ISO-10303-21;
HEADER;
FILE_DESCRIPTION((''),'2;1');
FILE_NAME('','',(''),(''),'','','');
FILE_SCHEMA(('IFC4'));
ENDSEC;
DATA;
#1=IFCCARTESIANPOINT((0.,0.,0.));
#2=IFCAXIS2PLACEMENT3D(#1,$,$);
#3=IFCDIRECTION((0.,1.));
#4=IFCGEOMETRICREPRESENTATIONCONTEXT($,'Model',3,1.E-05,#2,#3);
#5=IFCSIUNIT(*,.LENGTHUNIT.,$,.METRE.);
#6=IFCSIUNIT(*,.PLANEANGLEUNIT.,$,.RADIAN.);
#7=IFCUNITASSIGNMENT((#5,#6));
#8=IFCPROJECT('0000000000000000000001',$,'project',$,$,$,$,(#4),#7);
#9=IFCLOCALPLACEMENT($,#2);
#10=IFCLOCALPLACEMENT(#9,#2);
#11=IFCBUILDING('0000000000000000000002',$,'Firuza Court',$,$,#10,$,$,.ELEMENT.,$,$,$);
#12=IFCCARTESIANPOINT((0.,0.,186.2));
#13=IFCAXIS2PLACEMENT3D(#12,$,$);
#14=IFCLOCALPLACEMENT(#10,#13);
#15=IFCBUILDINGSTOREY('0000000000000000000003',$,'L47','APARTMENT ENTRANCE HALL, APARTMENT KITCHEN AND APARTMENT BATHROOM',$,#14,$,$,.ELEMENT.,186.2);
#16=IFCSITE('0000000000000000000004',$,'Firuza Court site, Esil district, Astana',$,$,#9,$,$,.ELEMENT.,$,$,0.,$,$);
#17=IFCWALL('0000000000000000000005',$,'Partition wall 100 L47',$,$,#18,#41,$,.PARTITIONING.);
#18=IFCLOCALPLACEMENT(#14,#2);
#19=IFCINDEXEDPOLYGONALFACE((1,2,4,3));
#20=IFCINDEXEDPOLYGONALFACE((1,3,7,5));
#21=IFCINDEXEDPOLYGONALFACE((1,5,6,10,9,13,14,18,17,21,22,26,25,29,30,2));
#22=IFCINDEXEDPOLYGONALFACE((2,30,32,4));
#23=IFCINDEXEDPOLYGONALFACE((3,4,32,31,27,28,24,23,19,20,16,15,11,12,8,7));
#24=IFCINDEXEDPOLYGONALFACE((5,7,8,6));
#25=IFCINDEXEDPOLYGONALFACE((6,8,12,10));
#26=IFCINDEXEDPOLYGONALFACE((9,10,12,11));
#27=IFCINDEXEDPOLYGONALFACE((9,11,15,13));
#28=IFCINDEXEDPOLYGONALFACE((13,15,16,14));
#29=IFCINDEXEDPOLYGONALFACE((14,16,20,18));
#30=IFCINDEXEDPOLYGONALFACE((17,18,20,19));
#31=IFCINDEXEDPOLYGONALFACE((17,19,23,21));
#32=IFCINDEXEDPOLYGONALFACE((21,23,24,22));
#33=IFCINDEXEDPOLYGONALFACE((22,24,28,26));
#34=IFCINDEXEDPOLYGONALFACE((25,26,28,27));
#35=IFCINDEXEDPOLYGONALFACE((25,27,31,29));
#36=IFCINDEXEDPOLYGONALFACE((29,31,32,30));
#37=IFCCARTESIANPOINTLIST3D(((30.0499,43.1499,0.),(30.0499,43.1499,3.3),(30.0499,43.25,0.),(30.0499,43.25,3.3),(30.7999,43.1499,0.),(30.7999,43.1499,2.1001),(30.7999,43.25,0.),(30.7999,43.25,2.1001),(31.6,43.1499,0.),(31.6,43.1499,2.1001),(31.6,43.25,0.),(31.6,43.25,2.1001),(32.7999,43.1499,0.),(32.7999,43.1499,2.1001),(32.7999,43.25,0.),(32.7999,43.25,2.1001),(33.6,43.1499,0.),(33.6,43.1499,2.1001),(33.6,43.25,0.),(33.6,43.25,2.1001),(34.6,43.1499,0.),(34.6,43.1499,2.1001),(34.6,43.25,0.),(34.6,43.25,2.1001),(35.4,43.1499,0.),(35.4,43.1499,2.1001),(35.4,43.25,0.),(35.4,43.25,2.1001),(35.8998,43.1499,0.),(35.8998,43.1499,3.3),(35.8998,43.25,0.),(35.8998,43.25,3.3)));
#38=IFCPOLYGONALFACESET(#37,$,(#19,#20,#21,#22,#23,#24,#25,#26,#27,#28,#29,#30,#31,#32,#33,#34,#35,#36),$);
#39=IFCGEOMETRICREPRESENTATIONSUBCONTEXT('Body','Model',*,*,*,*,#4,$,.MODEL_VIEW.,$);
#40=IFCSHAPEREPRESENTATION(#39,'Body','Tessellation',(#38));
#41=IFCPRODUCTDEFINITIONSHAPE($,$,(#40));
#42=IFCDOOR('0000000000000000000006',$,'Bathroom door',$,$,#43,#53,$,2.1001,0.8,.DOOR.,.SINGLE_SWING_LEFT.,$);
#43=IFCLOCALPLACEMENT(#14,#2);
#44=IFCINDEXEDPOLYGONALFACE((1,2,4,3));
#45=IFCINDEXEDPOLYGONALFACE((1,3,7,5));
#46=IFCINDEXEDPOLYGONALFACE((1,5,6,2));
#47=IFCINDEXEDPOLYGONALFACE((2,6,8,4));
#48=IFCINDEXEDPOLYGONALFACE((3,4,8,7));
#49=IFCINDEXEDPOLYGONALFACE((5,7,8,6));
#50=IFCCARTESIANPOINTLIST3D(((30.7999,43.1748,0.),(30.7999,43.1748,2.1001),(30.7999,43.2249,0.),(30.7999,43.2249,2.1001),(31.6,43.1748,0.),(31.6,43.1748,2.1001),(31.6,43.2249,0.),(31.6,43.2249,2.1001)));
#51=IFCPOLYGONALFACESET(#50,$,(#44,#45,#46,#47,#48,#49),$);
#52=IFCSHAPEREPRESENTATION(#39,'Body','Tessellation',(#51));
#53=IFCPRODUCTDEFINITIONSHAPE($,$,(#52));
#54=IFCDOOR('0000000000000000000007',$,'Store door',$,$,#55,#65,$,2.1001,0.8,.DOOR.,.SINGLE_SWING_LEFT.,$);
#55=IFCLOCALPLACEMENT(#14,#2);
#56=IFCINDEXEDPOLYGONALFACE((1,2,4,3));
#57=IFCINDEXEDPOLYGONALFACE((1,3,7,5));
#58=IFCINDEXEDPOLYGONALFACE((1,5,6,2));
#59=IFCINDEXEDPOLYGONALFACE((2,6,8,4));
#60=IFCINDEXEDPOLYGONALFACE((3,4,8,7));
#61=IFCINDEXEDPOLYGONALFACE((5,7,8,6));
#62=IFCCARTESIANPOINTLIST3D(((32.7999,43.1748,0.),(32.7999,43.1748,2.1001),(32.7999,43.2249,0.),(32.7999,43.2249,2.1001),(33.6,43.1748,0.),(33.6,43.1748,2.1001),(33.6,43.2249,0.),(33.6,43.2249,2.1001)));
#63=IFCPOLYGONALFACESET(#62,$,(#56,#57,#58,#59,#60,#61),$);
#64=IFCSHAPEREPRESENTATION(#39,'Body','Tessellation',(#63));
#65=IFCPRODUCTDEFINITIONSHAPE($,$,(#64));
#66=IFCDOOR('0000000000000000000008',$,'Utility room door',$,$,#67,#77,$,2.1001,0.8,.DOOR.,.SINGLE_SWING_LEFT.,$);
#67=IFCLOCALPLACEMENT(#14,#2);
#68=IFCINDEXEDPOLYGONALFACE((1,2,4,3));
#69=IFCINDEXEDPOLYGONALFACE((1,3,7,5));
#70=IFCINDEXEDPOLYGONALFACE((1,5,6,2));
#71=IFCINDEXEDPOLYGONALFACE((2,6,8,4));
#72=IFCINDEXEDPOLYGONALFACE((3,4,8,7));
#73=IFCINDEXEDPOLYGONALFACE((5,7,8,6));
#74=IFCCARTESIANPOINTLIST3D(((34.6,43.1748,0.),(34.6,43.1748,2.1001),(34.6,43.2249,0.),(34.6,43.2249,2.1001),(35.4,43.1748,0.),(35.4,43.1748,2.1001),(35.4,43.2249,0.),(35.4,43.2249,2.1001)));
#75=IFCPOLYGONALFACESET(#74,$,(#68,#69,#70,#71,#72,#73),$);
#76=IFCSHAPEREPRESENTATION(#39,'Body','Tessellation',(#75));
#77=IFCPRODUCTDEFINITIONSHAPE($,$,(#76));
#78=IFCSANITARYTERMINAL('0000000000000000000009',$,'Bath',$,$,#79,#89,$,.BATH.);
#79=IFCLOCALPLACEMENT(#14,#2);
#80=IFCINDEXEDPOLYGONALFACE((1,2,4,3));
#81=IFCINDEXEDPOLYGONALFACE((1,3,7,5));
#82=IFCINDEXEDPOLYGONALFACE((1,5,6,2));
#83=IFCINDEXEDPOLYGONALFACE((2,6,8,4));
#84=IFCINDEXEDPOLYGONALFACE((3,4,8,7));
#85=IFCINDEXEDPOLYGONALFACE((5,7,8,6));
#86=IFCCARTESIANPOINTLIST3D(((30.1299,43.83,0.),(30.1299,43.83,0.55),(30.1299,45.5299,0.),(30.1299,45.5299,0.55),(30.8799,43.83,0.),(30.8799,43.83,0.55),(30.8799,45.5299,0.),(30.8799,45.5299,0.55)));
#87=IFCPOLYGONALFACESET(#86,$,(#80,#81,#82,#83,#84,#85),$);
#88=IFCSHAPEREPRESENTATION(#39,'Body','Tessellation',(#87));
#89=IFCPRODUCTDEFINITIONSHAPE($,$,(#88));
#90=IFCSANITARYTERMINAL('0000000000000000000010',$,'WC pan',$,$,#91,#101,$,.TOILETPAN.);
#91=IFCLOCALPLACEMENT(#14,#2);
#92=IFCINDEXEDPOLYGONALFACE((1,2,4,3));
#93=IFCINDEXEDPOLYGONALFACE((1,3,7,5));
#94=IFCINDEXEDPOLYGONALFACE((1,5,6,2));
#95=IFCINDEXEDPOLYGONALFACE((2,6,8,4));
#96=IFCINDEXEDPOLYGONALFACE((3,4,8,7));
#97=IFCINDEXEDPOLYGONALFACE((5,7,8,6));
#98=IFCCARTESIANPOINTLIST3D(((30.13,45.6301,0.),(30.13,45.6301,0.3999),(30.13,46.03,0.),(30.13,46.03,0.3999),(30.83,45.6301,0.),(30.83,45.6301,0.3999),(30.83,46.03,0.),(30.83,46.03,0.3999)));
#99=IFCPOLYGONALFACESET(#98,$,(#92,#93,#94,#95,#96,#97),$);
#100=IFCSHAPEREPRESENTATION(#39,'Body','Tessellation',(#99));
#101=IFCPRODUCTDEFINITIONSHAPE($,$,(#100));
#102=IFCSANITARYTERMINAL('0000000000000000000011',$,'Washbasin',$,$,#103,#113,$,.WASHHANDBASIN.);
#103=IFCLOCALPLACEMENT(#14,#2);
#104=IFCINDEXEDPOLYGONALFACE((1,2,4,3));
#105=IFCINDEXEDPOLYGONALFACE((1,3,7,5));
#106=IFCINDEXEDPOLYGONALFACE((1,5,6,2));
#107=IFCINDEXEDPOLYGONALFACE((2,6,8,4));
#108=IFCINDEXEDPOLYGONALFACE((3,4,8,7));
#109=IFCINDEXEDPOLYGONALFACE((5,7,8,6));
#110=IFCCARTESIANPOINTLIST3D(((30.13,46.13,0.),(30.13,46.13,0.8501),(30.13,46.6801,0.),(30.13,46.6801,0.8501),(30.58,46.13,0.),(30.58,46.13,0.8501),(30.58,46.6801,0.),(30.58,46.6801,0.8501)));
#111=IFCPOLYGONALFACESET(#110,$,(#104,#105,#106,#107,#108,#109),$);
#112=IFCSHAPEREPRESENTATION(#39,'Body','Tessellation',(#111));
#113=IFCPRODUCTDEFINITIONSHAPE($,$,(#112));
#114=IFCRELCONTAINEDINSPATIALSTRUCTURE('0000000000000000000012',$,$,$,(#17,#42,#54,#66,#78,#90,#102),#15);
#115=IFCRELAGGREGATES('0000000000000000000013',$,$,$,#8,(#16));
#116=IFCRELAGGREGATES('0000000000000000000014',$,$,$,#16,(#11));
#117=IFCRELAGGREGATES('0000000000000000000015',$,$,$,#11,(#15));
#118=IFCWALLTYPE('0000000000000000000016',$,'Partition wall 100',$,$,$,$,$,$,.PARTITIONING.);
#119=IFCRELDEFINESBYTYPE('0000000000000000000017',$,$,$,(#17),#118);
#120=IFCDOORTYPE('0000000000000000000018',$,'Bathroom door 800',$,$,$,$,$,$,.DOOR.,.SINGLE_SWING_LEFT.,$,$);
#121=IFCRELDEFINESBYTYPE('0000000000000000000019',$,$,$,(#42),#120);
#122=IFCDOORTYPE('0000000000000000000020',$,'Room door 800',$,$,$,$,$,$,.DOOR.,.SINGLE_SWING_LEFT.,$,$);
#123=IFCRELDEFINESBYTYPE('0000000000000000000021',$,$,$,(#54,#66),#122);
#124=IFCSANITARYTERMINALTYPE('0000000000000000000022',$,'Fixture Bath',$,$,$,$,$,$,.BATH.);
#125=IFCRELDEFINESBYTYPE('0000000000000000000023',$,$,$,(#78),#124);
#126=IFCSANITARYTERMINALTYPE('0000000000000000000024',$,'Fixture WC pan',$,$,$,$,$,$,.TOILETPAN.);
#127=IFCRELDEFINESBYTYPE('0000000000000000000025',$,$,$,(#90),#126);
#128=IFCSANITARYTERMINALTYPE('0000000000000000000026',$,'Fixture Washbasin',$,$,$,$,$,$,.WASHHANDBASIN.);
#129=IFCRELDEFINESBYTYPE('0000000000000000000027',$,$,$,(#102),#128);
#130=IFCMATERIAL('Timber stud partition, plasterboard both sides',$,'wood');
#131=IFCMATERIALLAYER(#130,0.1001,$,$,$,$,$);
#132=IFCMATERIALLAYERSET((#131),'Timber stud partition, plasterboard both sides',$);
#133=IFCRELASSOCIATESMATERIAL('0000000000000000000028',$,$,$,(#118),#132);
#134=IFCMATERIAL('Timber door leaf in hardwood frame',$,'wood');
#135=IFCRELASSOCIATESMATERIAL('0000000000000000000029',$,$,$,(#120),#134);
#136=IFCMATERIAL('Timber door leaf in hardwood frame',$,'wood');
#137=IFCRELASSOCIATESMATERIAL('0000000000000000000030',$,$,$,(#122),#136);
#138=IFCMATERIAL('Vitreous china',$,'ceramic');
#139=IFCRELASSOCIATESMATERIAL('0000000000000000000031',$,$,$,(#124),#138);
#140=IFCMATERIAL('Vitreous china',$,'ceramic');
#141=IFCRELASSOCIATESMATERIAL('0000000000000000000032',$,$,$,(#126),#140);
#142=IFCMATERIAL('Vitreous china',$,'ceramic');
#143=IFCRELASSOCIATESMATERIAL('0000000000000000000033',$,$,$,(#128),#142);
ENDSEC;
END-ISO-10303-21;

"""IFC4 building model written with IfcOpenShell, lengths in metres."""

from ifc_helpers import new_model, si_unit, direction, frame, frame_2d, origin, origin_2d, place, context, subcontext, project, spatial, rectangle, extrude, material, layer, layer_set, type_object, element, fill, save


model = new_model("IFC4")

# Units and contexts
model_context = context("Model", 3, precision=1e-05, world=origin(), true_north=direction((0.0, 1.0)))
body_context = subcontext(model_context, "Body", "Model", "MODEL_VIEW")
ifc_project = project(units=[si_unit("LENGTHUNIT", "METRE"), si_unit("PLANEANGLEUNIT", "RADIAN")], contexts=[model_context])

# Site, building, storey
site_placement = place(None, origin())
site = spatial("IfcSite", under=ifc_project, at=site_placement, Name="Firuza Court site, Esil district, Astana", CompositionType="ELEMENT", RefElevation=0.0)
building_placement = place(site_placement, origin())
building = spatial("IfcBuilding", under=site, at=building_placement, Name="Firuza Court", CompositionType="ELEMENT")
storey_placement = place(building_placement, frame((0.0, 0.0, 186.2)))
storey = spatial("IfcBuildingStorey", under=building, at=storey_placement, Name="L47", Description="APARTMENT ENTRANCE HALL, APARTMENT KITCHEN AND APARTMENT BATHROOM", CompositionType="ELEMENT", Elevation=186.2)

# Shared definitions
ifc_material_1 = material(Name="Timber stud partition, plasterboard both sides", Category="wood")
ifc_layer_1 = layer(ifc_material_1, 0.1001)
ifc_layer_set_1 = layer_set([ifc_layer_1], Name="Timber stud partition, plasterboard both sides")
wall_type_1 = type_object("IfcWallType", Name="Partition wall 100", PredefinedType="PARTITIONING", material=ifc_layer_set_1)

# Wall, openings, doors
wall_1_placement = place(storey_placement, frame((30.05, 43.2, 0.0), z_axis=(0.0, 0.0, 1.0), x_axis=(1.0, 0.0, 0.0)))
wall_1 = element("IfcWall", 1, at=wall_1_placement, inside=storey, type_object=wall_type_1, Name="Partition wall 100 L47", PredefinedType="PARTITIONING", context=body_context, shape_type="SweptSolid", body=[
    extrude(rectangle(XDim=5.8499, YDim=0.1001, at=frame_2d((2.9248, 0.0))), origin(), (0.0, 0.0, 1.0), 3.3),
])
opening_1_placement = place(wall_1_placement, frame((0.75, 0.0, 0.0)))
opening_1 = element("IfcOpeningElement", 2, at=opening_1_placement, cuts=wall_1, PredefinedType="OPENING", context=body_context, shape_type="SweptSolid", body=[
    extrude(rectangle(XDim=0.8, YDim=2.1001, at=frame_2d((0.3999, 1.05))), frame((0.0, 0.062, 0.0), z_axis=(0.0, -1.0, 0.0), x_axis=(1.0, 0.0, 0.0)), (0.0, 0.0, 1.0), 0.124),
])
opening_2_placement = place(wall_1_placement, frame((2.75, 0.0, 0.0)))
opening_2 = element("IfcOpeningElement", 3, at=opening_2_placement, cuts=wall_1, PredefinedType="OPENING", context=body_context, shape_type="SweptSolid", body=[
    extrude(rectangle(XDim=0.8, YDim=2.1001, at=frame_2d((0.3999, 1.05))), frame((0.0, 0.062, 0.0), z_axis=(0.0, -1.0, 0.0), x_axis=(1.0, 0.0, 0.0)), (0.0, 0.0, 1.0), 0.124),
])
opening_3_placement = place(wall_1_placement, frame((4.55, 0.0, 0.0)))
opening_3 = element("IfcOpeningElement", 4, at=opening_3_placement, cuts=wall_1, PredefinedType="OPENING", context=body_context, shape_type="SweptSolid", body=[
    extrude(rectangle(XDim=0.8, YDim=2.1001, at=frame_2d((0.3999, 1.05))), frame((0.0, 0.062, 0.0), z_axis=(0.0, -1.0, 0.0), x_axis=(1.0, 0.0, 0.0)), (0.0, 0.0, 1.0), 0.124),
])
ifc_material_2 = material(Name="Timber door leaf in hardwood frame", Category="wood")
door_type_1 = type_object("IfcDoorType", Name="Bathroom door 800", OperationType="SINGLE_SWING_LEFT", PredefinedType="DOOR", material=ifc_material_2)
door_1_placement = place(opening_1_placement, origin())
door_1 = element("IfcDoor", 5, at=door_1_placement, inside=storey, type_object=door_type_1, Name="Bathroom door", OperationType="SINGLE_SWING_LEFT", OverallHeight=2.1001, OverallWidth=0.8, PredefinedType="DOOR", context=body_context, shape_type="SweptSolid", body=[
    extrude(rectangle(XDim=0.8, YDim=2.1001, at=frame_2d((0.3999, 1.05))), frame((0.0, 0.0249, 0.0), z_axis=(0.0, -1.0, 0.0), x_axis=(1.0, 0.0, 0.0)), (0.0, 0.0, 1.0), 0.05),
])
fill(opening_1, door_1)
ifc_material_3 = material(Name="Timber door leaf in hardwood frame", Category="wood")
door_type_2 = type_object("IfcDoorType", Name="Room door 800", OperationType="SINGLE_SWING_LEFT", PredefinedType="DOOR", material=ifc_material_3)
door_2_placement = place(opening_2_placement, origin())
door_2 = element("IfcDoor", 6, at=door_2_placement, inside=storey, type_object=door_type_2, Name="Store door", OperationType="SINGLE_SWING_LEFT", OverallHeight=2.1001, OverallWidth=0.8, PredefinedType="DOOR", context=body_context, shape_type="SweptSolid", body=[
    extrude(rectangle(XDim=0.8, YDim=2.1001, at=frame_2d((0.3999, 1.05))), frame((0.0, 0.0249, 0.0), z_axis=(0.0, -1.0, 0.0), x_axis=(1.0, 0.0, 0.0)), (0.0, 0.0, 1.0), 0.05),
])
fill(opening_2, door_2)
door_3_placement = place(opening_3_placement, origin())
door_3 = element("IfcDoor", 7, at=door_3_placement, inside=storey, type_object=door_type_2, Name="Utility room door", OperationType="SINGLE_SWING_LEFT", OverallHeight=2.1001, OverallWidth=0.8, PredefinedType="DOOR", context=body_context, shape_type="SweptSolid", body=[
    extrude(rectangle(XDim=0.8, YDim=2.1001, at=frame_2d((0.3999, 1.05))), frame((0.0, 0.0249, 0.0), z_axis=(0.0, -1.0, 0.0), x_axis=(1.0, 0.0, 0.0)), (0.0, 0.0, 1.0), 0.05),
])
fill(opening_3, door_3)

# Sanitary terminals
ifc_material_4 = material(Name="Vitreous china", Category="ceramic")
sanitary_terminal_type_1 = type_object("IfcSanitaryTerminalType", Name="Fixture Bath", PredefinedType="BATH", material=ifc_material_4)
sanitary_terminal_1_placement = place(storey_placement, frame((30.5049, 44.6799, 0.0), z_axis=(0.0, 0.0, 1.0), x_axis=(1.0, 0.0, 0.0)))
element("IfcSanitaryTerminal", 8, at=sanitary_terminal_1_placement, inside=storey, type_object=sanitary_terminal_type_1, Name="Bath", PredefinedType="BATH", context=body_context, shape_type="SweptSolid", body=[
    extrude(rectangle(XDim=0.75, YDim=1.7, at=origin_2d()), origin(), (0.0, 0.0, 1.0), 0.55),
])
ifc_material_5 = material(Name="Vitreous china", Category="ceramic")
sanitary_terminal_type_2 = type_object("IfcSanitaryTerminalType", Name="Fixture WC pan", PredefinedType="TOILETPAN", material=ifc_material_5)
sanitary_terminal_2_placement = place(storey_placement, frame((30.48, 45.8301, 0.0), z_axis=(0.0, 0.0, 1.0), x_axis=(1.0, 0.0, 0.0)))
element("IfcSanitaryTerminal", 9, at=sanitary_terminal_2_placement, inside=storey, type_object=sanitary_terminal_type_2, Name="WC pan", PredefinedType="TOILETPAN", context=body_context, shape_type="SweptSolid", body=[
    extrude(rectangle(XDim=0.7, YDim=0.3999, at=origin_2d()), origin(), (0.0, 0.0, 1.0), 0.3999),
])
ifc_material_6 = material(Name="Vitreous china", Category="ceramic")
sanitary_terminal_type_3 = type_object("IfcSanitaryTerminalType", Name="Fixture Washbasin", PredefinedType="WASHHANDBASIN", material=ifc_material_6)
sanitary_terminal_3_placement = place(storey_placement, frame((30.355, 46.405, 0.0), z_axis=(0.0, 0.0, 1.0), x_axis=(1.0, 0.0, 0.0)))
element("IfcSanitaryTerminal", 10, at=sanitary_terminal_3_placement, inside=storey, type_object=sanitary_terminal_type_3, Name="Washbasin", PredefinedType="WASHHANDBASIN", context=body_context, shape_type="SweptSolid", body=[
    extrude(rectangle(XDim=0.45, YDim=0.55, at=origin_2d()), origin(), (0.0, 0.0, 1.0), 0.8501),
])

save(model, "model.ifc")
